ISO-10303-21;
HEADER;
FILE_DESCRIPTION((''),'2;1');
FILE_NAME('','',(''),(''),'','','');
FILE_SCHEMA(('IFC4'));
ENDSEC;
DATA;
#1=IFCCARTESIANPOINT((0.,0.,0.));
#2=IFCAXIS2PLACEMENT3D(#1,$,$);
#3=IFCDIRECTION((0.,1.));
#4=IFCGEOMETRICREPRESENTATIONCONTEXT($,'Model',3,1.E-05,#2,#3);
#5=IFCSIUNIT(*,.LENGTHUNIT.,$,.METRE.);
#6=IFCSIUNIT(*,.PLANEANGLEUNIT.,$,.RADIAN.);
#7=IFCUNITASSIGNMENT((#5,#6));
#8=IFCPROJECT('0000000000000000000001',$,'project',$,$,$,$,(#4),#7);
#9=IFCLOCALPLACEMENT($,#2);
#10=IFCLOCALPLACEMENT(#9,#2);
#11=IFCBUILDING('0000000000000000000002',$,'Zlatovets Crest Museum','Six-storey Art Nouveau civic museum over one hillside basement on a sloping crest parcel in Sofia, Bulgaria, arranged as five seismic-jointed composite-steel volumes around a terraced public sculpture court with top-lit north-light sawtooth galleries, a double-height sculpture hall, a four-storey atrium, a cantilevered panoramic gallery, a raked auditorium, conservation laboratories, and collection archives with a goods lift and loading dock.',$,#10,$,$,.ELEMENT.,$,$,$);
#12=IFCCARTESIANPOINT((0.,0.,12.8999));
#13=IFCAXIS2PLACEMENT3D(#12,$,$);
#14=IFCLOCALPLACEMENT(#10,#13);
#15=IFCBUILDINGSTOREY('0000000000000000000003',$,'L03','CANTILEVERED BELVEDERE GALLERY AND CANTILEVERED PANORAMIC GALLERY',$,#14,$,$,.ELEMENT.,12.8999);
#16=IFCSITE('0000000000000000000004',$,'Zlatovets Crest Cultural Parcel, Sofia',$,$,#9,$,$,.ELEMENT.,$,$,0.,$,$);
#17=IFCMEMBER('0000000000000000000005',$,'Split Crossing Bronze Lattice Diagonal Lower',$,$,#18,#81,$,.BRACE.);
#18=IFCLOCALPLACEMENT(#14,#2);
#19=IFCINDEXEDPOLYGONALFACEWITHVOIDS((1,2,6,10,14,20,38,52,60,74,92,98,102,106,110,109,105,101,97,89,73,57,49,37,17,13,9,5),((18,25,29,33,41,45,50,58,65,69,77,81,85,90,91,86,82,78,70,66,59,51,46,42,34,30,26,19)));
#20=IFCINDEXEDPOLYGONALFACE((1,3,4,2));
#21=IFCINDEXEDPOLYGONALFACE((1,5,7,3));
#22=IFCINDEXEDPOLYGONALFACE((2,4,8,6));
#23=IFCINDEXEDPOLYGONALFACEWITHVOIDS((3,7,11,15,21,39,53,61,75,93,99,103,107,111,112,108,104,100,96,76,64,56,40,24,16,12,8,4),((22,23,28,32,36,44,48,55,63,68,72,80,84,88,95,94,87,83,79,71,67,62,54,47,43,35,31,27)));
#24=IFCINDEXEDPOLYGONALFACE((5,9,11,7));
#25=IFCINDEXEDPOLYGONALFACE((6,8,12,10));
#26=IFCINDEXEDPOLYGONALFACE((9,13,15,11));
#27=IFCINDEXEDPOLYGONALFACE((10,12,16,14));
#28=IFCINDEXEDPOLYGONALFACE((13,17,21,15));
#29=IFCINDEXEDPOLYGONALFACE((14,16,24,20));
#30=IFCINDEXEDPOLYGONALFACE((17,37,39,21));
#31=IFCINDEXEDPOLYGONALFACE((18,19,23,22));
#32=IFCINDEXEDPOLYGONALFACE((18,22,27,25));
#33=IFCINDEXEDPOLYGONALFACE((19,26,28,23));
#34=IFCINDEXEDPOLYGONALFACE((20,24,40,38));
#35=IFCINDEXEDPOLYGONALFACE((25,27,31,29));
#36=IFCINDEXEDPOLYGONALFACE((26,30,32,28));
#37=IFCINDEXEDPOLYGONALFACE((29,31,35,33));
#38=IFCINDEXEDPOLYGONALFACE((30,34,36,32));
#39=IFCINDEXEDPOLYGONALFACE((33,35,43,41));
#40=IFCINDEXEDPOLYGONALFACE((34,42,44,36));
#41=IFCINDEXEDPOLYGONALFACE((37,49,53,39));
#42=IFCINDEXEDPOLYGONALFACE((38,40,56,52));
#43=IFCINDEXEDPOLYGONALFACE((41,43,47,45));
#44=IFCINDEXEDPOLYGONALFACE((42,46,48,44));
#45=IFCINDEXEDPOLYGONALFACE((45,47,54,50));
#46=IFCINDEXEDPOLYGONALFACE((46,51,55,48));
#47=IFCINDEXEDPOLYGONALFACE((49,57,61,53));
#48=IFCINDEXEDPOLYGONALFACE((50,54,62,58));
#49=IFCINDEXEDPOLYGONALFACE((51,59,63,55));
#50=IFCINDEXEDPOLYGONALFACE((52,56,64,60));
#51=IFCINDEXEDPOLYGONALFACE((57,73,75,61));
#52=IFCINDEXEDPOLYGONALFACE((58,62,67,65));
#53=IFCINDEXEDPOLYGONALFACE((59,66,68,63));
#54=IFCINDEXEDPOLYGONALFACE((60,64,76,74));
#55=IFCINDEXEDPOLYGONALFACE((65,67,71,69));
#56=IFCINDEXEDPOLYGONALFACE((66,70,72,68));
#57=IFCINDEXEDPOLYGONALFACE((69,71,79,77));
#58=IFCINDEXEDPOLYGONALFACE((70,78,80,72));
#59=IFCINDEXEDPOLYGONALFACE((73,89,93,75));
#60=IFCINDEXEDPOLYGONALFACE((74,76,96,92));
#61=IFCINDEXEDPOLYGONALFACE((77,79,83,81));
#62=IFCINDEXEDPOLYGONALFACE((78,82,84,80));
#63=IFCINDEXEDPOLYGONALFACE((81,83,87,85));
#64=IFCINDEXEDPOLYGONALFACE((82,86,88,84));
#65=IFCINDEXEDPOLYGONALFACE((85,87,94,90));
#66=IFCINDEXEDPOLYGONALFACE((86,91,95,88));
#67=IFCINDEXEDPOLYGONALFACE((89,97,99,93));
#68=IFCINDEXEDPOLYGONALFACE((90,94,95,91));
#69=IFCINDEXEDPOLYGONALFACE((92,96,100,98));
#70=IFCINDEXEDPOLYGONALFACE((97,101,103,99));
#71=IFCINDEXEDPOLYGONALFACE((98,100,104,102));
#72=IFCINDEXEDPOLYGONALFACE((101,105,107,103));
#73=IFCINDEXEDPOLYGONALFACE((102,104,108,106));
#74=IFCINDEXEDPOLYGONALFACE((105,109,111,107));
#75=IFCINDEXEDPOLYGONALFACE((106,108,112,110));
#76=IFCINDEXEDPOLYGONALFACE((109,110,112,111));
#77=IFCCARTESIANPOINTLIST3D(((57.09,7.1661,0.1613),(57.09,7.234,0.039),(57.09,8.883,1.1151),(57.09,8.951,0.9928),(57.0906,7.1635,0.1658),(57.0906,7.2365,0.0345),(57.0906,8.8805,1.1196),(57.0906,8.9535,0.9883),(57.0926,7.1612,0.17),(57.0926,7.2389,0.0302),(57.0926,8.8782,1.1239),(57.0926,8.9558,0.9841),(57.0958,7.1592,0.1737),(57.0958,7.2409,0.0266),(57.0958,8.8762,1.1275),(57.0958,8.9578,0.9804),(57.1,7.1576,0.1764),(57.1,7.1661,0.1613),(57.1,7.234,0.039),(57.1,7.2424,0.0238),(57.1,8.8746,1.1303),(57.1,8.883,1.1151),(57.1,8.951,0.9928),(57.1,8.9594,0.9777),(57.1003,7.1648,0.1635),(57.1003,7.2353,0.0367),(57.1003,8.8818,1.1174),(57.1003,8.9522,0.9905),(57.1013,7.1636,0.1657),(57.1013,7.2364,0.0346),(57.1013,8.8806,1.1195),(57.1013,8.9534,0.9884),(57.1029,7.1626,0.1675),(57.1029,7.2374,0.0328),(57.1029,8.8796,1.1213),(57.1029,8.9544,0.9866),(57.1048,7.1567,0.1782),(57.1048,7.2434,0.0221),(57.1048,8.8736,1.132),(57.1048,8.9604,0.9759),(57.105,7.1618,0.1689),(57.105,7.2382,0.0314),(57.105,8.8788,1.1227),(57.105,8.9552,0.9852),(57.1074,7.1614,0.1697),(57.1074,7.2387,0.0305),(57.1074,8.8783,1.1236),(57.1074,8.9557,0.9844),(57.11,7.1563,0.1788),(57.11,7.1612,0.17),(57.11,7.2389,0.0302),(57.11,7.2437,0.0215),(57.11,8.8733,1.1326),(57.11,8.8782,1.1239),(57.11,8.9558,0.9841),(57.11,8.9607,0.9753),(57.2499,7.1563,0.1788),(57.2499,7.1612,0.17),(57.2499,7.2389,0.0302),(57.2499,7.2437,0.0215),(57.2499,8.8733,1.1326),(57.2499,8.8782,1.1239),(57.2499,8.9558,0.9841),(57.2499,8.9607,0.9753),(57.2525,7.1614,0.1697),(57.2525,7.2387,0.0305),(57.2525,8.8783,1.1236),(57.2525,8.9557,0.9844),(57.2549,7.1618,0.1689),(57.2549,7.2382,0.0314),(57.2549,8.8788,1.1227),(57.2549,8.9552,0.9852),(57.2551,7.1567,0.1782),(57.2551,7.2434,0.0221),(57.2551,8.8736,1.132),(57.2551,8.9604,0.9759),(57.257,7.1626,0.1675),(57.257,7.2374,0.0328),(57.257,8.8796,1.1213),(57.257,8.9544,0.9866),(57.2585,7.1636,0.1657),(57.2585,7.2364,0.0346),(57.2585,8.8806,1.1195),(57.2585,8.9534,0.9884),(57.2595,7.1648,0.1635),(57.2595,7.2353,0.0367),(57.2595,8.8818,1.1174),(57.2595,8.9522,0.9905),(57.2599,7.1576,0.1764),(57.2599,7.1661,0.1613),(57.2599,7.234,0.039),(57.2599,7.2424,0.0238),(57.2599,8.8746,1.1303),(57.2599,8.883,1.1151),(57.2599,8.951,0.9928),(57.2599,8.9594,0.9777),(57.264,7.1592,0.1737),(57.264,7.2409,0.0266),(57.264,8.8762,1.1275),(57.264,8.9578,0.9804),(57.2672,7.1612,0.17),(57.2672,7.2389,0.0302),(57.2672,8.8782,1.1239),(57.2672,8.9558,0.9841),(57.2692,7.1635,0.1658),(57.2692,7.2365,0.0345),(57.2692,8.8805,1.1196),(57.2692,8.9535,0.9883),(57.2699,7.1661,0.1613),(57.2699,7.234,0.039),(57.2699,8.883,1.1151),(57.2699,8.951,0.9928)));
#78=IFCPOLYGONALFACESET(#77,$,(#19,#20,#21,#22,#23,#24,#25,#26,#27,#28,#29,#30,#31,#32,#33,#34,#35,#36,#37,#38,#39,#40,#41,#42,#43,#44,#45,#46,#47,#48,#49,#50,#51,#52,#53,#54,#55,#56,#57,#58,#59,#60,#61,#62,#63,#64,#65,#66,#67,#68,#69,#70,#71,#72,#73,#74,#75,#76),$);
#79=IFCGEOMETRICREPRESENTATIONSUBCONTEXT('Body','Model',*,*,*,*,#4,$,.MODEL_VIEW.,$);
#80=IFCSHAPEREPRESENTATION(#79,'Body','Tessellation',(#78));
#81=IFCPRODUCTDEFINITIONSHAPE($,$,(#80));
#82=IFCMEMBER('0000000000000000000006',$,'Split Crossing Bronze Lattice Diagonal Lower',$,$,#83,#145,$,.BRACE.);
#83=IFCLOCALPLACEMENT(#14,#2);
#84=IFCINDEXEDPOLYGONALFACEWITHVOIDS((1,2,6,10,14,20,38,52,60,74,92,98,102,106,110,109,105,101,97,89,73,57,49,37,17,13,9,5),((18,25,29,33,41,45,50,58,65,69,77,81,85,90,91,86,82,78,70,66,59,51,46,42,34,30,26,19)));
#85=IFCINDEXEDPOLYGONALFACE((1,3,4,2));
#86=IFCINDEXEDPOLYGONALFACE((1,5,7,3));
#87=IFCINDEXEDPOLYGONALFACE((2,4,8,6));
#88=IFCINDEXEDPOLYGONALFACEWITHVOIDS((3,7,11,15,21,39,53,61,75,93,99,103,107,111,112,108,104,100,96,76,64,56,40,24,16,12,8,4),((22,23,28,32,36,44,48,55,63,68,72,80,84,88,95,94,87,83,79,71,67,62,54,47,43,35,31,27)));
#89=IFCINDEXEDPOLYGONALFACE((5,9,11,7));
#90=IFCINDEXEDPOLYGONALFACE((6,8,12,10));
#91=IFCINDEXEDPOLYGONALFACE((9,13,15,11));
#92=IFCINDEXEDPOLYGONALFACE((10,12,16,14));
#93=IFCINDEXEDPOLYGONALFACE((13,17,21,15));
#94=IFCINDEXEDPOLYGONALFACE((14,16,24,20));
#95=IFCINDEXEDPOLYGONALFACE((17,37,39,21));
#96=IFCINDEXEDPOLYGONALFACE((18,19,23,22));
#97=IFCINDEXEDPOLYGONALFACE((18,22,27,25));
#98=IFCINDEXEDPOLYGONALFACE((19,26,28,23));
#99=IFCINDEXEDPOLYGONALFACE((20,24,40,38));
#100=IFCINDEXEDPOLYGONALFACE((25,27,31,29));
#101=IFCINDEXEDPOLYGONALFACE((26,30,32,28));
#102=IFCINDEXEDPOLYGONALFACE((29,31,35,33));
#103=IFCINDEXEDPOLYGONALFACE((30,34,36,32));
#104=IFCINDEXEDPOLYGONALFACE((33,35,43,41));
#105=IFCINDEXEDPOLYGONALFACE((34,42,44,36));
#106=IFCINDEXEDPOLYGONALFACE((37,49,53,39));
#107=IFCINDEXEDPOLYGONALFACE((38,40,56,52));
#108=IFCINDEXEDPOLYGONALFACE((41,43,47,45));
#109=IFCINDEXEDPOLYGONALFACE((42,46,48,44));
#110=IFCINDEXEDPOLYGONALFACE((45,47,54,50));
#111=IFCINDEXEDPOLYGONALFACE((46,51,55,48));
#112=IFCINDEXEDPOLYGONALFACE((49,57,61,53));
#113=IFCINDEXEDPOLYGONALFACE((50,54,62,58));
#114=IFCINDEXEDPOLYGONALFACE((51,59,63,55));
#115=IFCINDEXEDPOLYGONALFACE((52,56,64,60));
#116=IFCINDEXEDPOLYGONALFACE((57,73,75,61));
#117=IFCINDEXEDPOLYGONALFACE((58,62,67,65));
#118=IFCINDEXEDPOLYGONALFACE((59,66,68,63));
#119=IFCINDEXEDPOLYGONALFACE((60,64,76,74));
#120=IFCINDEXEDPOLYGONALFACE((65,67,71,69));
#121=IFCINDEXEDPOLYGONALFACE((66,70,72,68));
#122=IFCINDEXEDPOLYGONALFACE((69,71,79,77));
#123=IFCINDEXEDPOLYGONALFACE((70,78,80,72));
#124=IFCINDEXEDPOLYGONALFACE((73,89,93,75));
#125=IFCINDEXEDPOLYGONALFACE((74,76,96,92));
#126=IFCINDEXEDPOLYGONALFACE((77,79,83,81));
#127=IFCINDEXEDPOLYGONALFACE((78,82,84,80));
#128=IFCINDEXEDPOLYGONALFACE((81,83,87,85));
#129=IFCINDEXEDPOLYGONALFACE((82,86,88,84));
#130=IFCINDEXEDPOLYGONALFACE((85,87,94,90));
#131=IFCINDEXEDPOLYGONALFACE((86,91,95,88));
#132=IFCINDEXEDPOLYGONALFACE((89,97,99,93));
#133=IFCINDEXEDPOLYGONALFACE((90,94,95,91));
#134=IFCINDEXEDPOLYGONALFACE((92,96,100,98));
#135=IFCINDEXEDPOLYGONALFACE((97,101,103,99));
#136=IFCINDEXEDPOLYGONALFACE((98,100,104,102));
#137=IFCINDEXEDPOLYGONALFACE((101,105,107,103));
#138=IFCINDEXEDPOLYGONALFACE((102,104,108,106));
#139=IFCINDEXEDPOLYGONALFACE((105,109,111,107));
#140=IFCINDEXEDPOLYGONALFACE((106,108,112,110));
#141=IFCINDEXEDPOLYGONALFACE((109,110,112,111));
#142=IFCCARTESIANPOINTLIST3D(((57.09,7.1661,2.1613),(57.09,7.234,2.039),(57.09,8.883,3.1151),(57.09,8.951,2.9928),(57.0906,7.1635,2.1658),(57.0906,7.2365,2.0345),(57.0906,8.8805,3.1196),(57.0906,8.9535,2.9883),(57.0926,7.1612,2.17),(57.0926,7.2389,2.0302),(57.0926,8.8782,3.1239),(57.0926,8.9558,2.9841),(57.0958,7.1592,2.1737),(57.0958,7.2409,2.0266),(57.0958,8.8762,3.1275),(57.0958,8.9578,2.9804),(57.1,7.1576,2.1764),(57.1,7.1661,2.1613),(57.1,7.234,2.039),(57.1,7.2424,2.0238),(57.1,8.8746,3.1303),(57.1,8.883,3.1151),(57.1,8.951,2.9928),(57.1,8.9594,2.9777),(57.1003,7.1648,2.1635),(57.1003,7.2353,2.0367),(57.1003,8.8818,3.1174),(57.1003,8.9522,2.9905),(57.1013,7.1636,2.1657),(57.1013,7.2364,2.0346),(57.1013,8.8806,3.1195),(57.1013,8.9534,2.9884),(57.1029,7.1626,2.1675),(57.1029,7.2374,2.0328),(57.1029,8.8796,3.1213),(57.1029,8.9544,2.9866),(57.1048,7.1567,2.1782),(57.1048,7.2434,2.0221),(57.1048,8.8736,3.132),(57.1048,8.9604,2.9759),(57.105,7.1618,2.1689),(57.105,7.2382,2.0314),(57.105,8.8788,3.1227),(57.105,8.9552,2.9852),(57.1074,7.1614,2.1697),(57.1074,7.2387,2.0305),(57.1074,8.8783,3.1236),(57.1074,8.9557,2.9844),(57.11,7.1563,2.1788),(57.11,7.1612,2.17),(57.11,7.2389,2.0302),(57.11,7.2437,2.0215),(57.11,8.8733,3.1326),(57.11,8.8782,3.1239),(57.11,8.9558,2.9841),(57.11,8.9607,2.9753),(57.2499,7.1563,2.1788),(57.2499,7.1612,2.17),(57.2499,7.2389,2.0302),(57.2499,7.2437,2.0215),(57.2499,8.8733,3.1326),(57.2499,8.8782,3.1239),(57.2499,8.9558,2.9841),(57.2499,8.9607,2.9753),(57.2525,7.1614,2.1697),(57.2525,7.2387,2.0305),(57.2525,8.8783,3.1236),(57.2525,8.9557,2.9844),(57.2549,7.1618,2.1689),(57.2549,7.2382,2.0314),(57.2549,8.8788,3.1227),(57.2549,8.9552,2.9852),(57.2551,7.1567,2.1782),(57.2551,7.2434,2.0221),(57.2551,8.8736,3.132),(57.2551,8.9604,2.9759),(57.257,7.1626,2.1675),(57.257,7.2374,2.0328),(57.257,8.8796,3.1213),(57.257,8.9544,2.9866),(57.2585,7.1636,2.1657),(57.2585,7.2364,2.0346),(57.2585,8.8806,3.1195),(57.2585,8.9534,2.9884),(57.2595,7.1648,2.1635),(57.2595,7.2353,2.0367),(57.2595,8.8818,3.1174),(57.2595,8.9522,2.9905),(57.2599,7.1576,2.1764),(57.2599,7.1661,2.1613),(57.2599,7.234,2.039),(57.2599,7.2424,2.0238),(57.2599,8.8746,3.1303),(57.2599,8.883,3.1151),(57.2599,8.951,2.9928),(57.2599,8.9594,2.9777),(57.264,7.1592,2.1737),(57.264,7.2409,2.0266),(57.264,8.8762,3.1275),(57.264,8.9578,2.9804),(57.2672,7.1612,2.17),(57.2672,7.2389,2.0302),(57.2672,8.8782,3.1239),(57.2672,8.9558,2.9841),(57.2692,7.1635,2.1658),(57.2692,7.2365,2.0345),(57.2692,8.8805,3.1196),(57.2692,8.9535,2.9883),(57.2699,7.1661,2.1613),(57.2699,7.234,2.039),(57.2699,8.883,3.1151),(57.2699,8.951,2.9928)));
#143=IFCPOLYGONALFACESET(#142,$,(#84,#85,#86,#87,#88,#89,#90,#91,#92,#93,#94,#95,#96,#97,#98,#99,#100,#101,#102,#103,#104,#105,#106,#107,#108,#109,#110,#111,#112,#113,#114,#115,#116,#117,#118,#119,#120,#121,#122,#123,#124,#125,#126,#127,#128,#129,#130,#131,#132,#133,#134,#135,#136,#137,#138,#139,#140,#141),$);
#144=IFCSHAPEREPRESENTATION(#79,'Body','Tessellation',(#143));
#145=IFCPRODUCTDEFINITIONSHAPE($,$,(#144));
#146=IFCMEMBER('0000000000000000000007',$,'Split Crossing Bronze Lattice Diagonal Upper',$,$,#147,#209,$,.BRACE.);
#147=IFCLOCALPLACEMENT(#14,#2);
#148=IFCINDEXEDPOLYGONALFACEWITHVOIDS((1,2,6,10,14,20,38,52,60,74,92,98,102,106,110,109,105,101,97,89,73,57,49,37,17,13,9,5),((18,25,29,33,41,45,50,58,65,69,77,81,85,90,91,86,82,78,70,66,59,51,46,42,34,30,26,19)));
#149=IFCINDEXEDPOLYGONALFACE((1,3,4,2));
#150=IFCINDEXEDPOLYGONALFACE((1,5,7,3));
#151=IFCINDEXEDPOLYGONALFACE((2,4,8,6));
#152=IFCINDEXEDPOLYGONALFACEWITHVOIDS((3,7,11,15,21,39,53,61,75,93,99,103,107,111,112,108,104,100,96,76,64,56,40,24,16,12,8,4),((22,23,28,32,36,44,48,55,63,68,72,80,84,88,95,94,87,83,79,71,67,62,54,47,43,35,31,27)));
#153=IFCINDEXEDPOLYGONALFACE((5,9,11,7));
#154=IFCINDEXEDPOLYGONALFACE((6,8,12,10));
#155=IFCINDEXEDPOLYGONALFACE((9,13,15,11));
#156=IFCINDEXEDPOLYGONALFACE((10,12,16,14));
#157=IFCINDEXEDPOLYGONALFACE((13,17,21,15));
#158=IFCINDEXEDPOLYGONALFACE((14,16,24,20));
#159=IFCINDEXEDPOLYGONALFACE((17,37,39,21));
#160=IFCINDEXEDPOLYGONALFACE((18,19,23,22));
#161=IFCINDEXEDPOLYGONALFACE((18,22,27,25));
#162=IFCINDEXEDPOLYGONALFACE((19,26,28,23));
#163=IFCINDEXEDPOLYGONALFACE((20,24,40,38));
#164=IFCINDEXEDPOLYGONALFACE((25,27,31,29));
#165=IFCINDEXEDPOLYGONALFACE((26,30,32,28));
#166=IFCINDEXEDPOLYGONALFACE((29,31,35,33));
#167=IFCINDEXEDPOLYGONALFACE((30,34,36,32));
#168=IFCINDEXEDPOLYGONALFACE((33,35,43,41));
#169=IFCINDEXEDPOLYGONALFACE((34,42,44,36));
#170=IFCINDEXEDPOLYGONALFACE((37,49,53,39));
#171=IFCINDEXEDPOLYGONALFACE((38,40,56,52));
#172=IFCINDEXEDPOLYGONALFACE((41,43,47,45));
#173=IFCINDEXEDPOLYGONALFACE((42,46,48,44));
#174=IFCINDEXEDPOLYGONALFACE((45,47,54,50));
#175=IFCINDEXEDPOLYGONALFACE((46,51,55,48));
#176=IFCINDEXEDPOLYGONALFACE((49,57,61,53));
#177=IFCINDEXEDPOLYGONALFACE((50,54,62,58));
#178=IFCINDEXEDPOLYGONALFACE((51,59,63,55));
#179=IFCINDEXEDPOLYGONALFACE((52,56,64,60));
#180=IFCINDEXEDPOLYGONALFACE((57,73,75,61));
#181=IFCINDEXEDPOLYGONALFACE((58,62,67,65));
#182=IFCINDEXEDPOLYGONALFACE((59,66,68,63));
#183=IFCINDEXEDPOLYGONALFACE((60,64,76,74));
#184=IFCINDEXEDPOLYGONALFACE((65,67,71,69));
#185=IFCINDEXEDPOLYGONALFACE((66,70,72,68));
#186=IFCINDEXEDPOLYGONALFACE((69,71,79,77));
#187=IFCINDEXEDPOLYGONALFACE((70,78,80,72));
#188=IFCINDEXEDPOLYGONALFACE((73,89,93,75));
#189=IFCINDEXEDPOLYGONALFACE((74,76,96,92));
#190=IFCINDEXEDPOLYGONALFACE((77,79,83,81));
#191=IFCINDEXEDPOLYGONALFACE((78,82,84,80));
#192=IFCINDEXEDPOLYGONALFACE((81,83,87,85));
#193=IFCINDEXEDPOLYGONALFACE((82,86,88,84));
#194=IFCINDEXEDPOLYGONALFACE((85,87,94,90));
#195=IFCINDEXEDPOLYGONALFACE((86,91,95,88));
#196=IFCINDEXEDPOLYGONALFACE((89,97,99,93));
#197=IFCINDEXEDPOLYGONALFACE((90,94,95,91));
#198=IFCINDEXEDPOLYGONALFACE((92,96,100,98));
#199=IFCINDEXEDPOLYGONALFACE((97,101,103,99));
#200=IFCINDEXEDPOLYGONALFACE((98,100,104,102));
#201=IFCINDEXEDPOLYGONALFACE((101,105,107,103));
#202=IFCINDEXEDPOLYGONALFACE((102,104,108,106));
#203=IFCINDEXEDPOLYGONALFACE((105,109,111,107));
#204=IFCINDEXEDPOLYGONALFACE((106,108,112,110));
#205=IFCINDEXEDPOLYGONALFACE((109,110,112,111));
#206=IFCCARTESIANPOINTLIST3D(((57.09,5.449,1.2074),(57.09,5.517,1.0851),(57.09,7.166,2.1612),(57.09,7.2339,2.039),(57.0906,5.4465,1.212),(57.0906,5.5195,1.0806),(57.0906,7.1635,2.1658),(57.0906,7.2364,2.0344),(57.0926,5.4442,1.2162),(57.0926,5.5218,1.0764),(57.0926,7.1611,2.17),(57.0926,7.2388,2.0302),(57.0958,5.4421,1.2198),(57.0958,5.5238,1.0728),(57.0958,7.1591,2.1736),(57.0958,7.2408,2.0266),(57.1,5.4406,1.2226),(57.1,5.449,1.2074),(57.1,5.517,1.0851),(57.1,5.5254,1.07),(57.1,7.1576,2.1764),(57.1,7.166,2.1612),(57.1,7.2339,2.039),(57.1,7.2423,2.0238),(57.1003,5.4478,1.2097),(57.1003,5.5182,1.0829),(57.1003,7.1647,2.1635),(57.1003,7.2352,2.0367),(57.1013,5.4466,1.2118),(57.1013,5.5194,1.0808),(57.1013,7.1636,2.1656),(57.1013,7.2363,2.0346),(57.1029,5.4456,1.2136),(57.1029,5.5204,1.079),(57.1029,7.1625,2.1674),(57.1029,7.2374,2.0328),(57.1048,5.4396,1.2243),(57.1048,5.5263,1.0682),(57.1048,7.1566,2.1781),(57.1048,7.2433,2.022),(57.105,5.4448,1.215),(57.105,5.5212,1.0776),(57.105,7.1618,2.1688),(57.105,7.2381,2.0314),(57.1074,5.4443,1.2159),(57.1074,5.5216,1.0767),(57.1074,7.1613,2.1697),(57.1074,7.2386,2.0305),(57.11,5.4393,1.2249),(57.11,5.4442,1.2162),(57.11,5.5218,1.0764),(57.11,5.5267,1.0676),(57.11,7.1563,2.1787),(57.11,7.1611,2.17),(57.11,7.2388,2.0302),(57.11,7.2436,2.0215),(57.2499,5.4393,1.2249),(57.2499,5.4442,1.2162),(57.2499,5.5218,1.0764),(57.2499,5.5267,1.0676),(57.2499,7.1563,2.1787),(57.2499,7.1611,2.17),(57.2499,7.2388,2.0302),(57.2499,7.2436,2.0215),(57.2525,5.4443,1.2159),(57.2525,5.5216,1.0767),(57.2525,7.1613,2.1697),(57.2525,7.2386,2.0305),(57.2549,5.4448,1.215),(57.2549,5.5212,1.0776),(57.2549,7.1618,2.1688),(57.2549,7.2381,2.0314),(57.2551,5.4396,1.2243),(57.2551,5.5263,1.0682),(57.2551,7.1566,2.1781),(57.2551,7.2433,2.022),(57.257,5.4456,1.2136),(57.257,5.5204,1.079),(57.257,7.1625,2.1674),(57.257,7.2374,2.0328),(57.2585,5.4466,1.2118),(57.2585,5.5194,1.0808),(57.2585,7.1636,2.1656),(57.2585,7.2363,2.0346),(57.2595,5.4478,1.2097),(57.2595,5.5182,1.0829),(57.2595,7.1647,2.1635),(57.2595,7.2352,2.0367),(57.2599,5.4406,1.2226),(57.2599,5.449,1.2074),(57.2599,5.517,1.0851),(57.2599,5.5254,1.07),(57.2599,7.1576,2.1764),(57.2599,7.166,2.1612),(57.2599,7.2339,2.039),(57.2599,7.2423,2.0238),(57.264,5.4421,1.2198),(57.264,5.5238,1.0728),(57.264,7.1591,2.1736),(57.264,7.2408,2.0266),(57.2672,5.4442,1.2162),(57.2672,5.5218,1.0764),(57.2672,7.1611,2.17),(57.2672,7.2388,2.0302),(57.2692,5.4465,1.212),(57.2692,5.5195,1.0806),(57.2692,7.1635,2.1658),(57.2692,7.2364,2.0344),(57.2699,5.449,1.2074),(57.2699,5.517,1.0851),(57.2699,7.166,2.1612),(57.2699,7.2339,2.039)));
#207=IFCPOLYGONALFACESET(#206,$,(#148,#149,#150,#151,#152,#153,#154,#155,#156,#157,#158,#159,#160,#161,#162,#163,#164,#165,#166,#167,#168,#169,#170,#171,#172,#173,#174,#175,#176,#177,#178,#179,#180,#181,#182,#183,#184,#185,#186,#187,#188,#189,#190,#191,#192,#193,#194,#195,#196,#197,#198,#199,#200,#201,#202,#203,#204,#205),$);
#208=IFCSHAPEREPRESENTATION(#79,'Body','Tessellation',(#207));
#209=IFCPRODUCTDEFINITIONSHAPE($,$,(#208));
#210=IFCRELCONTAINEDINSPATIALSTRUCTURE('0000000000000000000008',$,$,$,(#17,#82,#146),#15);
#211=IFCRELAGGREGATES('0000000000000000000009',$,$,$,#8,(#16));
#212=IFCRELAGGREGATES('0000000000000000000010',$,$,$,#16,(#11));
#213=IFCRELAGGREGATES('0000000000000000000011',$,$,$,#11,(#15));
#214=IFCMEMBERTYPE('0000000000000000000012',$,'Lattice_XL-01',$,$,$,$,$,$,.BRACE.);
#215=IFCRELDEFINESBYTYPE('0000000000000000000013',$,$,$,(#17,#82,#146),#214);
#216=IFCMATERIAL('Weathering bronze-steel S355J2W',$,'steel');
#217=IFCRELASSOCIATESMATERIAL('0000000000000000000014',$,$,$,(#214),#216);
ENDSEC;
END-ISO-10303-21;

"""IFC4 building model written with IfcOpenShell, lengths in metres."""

from ifc_helpers import new_model, si_unit, direction, frame, origin, origin_2d, place, context, subcontext, project, spatial, hollow_rectangle, extrude, material, material_profile, profile_set, type_object, element, save


model = new_model("IFC4")

# Units and contexts
model_context = context("Model", 3, precision=1e-05, world=origin(), true_north=direction((0.0, 1.0)))
body_context = subcontext(model_context, "Body", "Model", "MODEL_VIEW")
ifc_project = project(units=[si_unit("LENGTHUNIT", "METRE"), si_unit("PLANEANGLEUNIT", "RADIAN")], contexts=[model_context])

# Site, building, storey
site_placement = place(None, origin())
site = spatial("IfcSite", under=ifc_project, at=site_placement, Name="Zlatovets Crest Cultural Parcel, Sofia", CompositionType="ELEMENT", RefElevation=0.0)
building_placement = place(site_placement, origin())
building = spatial("IfcBuilding", under=site, at=building_placement, Name="Zlatovets Crest Museum", Description="Six-storey Art Nouveau civic museum over one hillside basement on a sloping crest parcel in Sofia, Bulgaria, arranged as five seismic-jointed composite-steel volumes around a terraced public sculpture court with top-lit north-light sawtooth galleries, a double-height sculpture hall, a four-storey atrium, a cantilevered panoramic gallery, a raked auditorium, conservation laboratories, and collection archives with a goods lift and loading dock.", CompositionType="ELEMENT")
storey_placement = place(building_placement, frame((0.0, 0.0, 12.8999)))
storey = spatial("IfcBuildingStorey", under=building, at=storey_placement, Name="L03", Description="CANTILEVERED BELVEDERE GALLERY AND CANTILEVERED PANORAMIC GALLERY", CompositionType="ELEMENT", Elevation=12.8999)

# Members
ifc_material_1 = material(Name="Weathering bronze-steel S355J2W", Category="steel")
ifc_material_profile_1 = material_profile(ifc_material_1, hollow_rectangle(XDim=0.1799, YDim=0.1799, WallThickness=0.01, InnerFilletRadius=0.01, OuterFilletRadius=0.02, at=origin_2d()), Name="SHS 180x180x10.0")
ifc_profile_set_1 = profile_set([ifc_material_profile_1], Name="Weathering bronze-steel S355J2W")
member_type_1 = type_object("IfcMemberType", Name="Lattice_XL-01", PredefinedType="BRACE", material=ifc_profile_set_1)
for number, where, z_axis, x_axis, name in (
    (1, (57.1799, 8.917, 1.054), (0.0, -0.874169, -0.485622), (1.0, 0.0, 0.0), "Split Crossing Bronze Lattice Diagonal Lower"),
    (2, (57.1799, 8.917, 3.054), (0.0, -0.874169, -0.485622), (1.0, 0.0, 0.0), "Split Crossing Bronze Lattice Diagonal Lower"),
    (3, (57.1799, 7.2, 2.1001), (0.0, -0.874169, -0.485622), (1.0, 0.0, 0.0), "Split Crossing Bronze Lattice Diagonal Upper"),
):
    element("IfcMember", number, at=place(storey_placement, frame(where, z_axis=z_axis, x_axis=x_axis)), inside=storey, type_object=member_type_1, Name=name, PredefinedType="BRACE", context=body_context, shape_type="SweptSolid", body=[
        extrude(hollow_rectangle(XDim=0.1799, YDim=0.1799, WallThickness=0.01, InnerFilletRadius=0.01, OuterFilletRadius=0.02, at=origin_2d()), origin(), (0.0, 0.0, 1.0), 1.9641),
    ])

save(model, "model.ifc")
